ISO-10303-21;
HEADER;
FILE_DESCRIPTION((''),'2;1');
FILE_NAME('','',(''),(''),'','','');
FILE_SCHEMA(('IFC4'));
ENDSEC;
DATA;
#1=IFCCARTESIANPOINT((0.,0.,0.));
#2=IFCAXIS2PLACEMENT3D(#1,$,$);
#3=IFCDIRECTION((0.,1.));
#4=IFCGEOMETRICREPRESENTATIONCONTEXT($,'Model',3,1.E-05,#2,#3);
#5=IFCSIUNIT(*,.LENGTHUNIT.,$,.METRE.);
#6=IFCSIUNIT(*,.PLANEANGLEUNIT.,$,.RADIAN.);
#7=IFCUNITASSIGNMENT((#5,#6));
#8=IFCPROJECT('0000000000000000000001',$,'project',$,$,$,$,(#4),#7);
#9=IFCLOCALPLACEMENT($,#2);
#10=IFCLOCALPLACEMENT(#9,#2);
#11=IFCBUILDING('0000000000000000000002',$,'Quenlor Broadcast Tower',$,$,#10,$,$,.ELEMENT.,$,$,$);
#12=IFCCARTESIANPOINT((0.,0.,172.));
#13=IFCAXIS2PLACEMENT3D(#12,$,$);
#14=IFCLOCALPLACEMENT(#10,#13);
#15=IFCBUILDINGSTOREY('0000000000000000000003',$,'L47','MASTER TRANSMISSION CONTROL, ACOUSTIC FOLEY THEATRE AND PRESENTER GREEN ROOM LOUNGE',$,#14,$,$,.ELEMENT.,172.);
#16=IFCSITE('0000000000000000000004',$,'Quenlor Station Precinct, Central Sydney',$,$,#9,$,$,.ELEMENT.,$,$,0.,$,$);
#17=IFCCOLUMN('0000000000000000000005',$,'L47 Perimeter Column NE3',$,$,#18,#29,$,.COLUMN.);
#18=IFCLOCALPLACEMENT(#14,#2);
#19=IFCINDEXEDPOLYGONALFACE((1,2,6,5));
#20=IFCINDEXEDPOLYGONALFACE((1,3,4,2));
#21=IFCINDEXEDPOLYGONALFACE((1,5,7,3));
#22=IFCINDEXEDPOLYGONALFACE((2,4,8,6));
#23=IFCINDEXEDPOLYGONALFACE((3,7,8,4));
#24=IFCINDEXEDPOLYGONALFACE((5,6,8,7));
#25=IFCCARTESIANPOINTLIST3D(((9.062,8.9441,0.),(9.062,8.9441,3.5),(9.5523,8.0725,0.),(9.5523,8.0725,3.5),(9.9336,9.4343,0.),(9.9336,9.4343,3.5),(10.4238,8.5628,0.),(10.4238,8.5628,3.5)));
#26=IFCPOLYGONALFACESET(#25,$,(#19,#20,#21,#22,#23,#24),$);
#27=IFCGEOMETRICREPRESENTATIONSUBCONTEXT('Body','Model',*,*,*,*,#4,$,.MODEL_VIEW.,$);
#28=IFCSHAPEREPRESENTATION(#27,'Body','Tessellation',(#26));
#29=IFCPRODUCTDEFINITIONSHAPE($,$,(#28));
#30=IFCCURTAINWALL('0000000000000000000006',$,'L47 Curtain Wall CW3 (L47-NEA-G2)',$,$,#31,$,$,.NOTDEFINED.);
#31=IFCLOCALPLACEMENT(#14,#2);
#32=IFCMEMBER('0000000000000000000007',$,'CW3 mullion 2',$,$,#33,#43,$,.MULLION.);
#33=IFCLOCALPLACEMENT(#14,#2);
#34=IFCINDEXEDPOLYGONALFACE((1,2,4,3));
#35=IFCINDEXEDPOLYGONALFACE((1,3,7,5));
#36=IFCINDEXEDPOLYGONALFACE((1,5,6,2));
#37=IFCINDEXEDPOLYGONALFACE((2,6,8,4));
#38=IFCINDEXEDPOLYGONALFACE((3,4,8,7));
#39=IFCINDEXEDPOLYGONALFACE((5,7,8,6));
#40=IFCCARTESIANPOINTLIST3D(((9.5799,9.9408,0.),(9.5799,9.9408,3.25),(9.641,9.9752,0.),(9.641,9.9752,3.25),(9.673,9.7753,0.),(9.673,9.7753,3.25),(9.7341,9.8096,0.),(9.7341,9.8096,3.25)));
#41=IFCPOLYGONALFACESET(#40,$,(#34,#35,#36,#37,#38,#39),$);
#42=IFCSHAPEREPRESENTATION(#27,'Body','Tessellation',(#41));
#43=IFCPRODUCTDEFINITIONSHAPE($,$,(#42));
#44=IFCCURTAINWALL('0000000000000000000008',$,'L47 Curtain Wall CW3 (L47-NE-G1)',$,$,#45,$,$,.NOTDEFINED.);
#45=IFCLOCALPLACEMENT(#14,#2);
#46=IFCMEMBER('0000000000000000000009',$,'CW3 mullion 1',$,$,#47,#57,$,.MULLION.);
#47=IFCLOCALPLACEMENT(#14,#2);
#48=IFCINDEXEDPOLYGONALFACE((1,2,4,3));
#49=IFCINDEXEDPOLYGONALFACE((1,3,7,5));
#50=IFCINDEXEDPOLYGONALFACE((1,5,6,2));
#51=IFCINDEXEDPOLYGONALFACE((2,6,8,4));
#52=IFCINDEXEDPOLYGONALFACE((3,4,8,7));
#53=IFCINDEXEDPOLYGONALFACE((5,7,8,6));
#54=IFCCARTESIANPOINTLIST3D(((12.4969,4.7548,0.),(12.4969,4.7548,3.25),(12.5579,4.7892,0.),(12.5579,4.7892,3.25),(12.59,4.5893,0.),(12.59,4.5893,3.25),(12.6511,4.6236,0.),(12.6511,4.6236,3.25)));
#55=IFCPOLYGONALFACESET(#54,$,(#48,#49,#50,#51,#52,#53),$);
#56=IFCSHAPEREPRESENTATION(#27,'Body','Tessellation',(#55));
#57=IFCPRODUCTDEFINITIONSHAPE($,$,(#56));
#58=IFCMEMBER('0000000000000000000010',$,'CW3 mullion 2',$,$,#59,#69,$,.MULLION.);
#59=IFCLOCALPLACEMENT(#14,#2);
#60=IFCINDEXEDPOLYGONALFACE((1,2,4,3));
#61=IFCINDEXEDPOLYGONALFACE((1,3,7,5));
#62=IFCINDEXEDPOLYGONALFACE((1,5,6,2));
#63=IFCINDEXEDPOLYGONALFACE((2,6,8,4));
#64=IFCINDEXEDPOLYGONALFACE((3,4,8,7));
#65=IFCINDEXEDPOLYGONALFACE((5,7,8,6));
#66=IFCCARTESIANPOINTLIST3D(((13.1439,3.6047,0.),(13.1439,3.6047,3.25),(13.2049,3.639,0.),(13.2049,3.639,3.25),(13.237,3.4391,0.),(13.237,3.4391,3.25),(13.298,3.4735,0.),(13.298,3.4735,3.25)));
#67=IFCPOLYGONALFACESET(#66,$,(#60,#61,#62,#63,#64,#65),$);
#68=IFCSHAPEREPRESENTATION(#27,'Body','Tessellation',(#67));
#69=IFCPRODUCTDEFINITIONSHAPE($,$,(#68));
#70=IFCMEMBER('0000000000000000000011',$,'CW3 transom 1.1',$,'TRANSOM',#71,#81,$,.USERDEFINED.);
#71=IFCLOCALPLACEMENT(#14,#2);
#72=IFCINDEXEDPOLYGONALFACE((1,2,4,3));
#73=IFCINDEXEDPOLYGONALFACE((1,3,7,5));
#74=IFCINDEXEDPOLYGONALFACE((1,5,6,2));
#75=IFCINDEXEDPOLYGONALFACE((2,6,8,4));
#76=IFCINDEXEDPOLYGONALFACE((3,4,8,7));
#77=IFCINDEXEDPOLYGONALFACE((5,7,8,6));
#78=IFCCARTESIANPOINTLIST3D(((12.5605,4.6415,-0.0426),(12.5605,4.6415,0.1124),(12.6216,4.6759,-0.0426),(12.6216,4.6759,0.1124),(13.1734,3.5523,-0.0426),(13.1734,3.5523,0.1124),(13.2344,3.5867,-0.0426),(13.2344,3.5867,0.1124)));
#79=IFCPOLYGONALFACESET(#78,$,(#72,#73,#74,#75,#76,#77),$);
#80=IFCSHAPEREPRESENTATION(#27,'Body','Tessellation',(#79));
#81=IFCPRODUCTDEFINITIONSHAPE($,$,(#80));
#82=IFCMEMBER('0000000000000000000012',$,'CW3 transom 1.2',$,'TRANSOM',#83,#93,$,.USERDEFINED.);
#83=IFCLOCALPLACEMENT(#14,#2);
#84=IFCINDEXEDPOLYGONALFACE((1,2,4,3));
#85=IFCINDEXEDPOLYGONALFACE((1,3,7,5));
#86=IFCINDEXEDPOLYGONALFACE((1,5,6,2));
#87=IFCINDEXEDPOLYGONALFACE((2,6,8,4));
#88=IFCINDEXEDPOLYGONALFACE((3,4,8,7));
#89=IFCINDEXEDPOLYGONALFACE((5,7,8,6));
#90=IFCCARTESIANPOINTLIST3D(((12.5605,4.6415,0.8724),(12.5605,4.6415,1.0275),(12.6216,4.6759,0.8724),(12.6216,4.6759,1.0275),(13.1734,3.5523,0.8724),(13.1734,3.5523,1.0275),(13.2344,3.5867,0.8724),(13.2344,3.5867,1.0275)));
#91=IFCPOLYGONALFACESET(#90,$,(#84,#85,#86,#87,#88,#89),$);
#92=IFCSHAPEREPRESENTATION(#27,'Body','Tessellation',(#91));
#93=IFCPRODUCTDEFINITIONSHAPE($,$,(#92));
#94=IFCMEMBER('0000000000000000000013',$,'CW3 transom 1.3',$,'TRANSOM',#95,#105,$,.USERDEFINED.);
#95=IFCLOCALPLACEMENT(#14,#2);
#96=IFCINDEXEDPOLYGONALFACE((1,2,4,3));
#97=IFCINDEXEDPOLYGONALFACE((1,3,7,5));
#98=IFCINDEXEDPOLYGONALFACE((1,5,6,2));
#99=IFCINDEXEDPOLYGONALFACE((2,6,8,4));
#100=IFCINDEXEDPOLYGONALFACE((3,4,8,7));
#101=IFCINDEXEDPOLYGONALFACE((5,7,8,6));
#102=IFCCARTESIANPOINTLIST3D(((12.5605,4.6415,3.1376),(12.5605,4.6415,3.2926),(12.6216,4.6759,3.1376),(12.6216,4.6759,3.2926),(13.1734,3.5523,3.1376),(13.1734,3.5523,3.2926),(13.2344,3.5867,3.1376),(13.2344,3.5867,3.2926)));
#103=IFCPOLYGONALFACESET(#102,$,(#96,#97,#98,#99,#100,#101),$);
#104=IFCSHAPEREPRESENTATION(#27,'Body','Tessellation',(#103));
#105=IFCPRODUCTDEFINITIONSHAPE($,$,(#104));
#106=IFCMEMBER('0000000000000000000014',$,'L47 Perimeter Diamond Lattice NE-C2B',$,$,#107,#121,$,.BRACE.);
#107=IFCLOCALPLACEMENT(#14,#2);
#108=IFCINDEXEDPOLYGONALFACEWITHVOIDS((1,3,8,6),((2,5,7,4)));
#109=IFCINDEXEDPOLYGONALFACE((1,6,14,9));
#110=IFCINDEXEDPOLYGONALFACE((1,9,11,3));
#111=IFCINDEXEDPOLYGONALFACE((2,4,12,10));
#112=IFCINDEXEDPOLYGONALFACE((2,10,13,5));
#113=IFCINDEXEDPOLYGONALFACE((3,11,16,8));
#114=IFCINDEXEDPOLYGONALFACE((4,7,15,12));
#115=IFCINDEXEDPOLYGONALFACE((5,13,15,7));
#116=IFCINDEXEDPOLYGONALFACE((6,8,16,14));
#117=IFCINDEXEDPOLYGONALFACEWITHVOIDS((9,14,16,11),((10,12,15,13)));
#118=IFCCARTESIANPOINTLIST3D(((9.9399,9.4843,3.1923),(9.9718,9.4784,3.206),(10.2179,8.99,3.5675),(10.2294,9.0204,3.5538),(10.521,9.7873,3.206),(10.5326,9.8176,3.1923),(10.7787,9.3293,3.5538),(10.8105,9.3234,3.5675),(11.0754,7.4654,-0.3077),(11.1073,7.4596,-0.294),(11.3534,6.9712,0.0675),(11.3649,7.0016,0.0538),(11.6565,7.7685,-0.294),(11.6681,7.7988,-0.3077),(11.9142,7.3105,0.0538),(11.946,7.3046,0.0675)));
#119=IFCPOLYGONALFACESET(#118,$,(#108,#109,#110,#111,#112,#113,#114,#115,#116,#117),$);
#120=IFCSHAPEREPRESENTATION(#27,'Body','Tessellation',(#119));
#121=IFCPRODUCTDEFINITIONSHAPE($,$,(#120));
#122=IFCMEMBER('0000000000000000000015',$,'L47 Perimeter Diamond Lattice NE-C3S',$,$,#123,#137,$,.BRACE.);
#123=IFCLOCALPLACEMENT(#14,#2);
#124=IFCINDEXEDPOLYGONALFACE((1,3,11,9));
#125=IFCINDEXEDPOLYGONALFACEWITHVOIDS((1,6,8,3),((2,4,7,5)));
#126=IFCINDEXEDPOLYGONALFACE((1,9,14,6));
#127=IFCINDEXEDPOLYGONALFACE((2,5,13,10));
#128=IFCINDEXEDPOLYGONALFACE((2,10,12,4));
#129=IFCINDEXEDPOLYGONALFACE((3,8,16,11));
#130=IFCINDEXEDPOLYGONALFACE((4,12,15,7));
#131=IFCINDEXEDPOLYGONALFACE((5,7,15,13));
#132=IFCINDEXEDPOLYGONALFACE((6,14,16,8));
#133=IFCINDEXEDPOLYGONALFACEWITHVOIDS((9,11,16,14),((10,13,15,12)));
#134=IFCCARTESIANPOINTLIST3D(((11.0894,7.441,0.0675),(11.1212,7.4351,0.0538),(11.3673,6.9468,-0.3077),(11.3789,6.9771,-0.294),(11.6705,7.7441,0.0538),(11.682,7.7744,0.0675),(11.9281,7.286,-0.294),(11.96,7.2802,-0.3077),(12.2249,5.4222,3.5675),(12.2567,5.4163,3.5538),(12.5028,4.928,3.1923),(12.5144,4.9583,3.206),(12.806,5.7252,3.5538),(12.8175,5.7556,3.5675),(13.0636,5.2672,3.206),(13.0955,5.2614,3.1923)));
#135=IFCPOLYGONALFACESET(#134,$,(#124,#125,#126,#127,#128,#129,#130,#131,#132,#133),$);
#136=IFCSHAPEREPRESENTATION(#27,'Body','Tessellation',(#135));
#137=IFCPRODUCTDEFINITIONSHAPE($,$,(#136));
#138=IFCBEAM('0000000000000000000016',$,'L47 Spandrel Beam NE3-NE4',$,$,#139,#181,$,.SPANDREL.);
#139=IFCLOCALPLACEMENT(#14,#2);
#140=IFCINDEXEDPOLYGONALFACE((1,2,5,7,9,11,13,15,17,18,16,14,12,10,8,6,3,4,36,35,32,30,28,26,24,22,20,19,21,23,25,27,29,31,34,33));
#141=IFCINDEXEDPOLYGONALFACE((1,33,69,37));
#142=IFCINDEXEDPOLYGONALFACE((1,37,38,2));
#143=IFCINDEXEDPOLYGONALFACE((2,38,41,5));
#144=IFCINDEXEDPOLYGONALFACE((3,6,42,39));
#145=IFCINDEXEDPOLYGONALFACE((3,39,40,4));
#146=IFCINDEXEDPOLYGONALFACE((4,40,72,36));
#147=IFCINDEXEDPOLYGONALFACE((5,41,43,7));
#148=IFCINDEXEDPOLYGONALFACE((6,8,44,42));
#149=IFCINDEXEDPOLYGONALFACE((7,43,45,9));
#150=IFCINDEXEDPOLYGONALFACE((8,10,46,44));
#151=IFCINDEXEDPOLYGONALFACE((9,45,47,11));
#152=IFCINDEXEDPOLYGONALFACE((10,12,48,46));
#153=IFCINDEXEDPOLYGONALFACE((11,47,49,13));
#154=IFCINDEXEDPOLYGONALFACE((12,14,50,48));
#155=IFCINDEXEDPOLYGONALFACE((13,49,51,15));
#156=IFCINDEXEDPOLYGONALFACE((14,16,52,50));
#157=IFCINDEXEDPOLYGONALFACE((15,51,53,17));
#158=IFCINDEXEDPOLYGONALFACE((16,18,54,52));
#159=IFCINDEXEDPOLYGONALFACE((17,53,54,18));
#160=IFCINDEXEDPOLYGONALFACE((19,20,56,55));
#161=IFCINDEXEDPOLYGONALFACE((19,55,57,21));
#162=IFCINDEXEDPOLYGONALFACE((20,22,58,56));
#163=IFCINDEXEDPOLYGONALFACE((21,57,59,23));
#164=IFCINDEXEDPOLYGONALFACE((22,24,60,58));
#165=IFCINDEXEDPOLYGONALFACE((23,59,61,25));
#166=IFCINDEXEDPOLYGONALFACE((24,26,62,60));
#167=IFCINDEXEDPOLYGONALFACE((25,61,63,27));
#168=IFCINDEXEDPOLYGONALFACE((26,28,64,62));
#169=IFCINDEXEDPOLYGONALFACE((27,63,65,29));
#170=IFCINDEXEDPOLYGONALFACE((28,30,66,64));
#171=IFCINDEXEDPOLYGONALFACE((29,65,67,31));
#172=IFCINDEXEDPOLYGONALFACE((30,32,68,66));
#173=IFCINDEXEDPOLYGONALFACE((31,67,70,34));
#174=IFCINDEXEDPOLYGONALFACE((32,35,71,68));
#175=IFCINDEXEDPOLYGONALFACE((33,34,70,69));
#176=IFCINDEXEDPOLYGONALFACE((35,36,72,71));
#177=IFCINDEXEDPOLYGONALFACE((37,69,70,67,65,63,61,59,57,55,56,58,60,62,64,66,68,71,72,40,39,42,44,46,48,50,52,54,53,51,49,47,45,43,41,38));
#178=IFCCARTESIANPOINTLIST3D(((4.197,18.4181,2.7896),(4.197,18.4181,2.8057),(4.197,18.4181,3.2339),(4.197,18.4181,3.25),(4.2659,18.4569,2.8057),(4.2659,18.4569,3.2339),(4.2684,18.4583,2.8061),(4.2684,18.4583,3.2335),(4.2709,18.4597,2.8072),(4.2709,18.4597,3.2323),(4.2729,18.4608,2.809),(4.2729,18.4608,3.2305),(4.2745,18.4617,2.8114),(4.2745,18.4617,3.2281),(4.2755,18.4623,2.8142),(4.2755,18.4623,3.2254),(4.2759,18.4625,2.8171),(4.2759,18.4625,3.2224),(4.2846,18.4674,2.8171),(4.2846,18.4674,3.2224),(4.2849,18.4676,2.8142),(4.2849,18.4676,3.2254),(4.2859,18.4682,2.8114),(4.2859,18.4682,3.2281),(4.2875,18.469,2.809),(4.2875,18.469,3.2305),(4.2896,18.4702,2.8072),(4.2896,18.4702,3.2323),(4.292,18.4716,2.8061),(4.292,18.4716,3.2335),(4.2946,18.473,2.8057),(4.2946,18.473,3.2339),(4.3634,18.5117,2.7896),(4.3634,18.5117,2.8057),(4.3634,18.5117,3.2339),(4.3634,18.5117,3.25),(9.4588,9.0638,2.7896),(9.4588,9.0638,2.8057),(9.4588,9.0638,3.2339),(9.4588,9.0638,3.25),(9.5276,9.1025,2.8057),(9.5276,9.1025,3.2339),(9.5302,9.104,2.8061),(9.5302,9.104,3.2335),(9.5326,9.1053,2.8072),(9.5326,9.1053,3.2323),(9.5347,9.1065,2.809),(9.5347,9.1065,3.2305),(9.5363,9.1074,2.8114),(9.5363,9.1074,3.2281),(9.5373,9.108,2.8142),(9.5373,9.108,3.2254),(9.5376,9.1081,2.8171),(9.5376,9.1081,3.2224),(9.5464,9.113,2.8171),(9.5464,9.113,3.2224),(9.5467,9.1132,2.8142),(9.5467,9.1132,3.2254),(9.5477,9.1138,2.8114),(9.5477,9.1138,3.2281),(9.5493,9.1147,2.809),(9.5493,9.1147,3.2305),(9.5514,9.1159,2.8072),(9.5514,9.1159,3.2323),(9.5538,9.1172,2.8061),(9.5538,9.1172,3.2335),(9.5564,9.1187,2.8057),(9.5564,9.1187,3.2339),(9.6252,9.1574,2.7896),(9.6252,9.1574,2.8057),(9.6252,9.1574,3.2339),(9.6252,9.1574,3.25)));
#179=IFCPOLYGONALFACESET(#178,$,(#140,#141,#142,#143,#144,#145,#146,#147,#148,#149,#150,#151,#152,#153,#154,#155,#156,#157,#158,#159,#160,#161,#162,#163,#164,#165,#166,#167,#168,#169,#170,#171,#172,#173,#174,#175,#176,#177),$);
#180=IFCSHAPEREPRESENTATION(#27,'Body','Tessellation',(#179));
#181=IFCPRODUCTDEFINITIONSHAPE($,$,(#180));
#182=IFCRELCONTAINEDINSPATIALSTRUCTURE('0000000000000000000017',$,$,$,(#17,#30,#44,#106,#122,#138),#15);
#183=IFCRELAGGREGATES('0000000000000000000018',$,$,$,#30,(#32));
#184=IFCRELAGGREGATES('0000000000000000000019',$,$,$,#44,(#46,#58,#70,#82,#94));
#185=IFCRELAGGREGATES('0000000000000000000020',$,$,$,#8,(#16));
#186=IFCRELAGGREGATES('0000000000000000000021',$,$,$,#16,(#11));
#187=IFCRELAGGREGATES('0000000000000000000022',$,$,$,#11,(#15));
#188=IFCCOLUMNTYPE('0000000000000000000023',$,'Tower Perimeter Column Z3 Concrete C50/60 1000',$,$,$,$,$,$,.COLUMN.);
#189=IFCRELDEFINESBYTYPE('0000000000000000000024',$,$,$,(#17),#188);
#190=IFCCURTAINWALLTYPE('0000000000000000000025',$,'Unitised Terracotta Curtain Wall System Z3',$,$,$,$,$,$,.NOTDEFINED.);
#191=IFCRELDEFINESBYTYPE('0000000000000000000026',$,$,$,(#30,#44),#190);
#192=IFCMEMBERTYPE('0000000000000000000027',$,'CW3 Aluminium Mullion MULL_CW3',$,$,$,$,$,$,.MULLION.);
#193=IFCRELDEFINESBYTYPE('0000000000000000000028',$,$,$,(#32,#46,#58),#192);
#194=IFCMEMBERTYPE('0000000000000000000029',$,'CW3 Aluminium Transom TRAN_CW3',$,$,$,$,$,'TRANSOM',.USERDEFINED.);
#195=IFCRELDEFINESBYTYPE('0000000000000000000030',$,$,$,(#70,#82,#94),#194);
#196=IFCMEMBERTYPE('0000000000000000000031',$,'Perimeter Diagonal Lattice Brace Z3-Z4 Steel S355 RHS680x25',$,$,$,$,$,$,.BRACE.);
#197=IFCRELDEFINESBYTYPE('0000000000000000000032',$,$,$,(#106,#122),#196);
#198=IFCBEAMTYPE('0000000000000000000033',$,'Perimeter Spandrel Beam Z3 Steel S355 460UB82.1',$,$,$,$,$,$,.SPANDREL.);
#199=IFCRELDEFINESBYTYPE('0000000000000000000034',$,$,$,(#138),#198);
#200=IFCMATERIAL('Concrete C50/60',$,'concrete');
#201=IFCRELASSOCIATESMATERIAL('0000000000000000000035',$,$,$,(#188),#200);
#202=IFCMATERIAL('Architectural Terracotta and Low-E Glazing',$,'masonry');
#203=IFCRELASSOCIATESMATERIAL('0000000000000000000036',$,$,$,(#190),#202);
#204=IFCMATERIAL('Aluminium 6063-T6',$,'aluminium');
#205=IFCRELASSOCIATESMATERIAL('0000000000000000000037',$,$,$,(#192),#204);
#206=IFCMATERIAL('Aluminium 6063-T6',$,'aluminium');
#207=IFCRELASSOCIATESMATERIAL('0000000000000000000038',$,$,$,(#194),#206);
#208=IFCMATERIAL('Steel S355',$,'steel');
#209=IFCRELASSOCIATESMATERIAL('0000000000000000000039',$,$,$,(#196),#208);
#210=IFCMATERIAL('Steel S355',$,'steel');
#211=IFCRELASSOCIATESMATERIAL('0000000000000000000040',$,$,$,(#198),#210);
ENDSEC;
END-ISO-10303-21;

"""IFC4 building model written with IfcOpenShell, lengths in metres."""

from ifc_helpers import new_model, si_unit, direction, frame, origin, origin_2d, place, context, subcontext, project, spatial, rectangle, hollow_rectangle, i_section, extrude, material, material_profile, profile_set, type_object, element, aggregate, save


model = new_model("IFC4")

# Units and contexts
model_context = context("Model", 3, precision=1e-05, world=origin(), true_north=direction((0.0, 1.0)))
body_context = subcontext(model_context, "Body", "Model", "MODEL_VIEW")
ifc_project = project(units=[si_unit("LENGTHUNIT", "METRE"), si_unit("PLANEANGLEUNIT", "RADIAN")], contexts=[model_context])

# Site, building, storey
site_placement = place(None, origin())
site = spatial("IfcSite", under=ifc_project, at=site_placement, Name="Quenlor Station Precinct, Central Sydney", CompositionType="ELEMENT", RefElevation=0.0)
building_placement = place(site_placement, origin())
building = spatial("IfcBuilding", under=site, at=building_placement, Name="Quenlor Broadcast Tower", CompositionType="ELEMENT")
storey_placement = place(building_placement, frame((0.0, 0.0, 172.0)))
storey = spatial("IfcBuildingStorey", under=building, at=storey_placement, Name="L47", Description="MASTER TRANSMISSION CONTROL, ACOUSTIC FOLEY THEATRE AND PRESENTER GREEN ROOM LOUNGE", CompositionType="ELEMENT", Elevation=172.0)

# Column
ifc_material_1 = material(Name="Concrete C50/60", Category="concrete")
ifc_material_profile_1 = material_profile(ifc_material_1, rectangle(XDim=1.0, YDim=1.0, at=origin_2d()))
ifc_profile_set_1 = profile_set([ifc_material_profile_1], Name="Concrete C50/60 RC1000x1000")
column_type = type_object("IfcColumnType", Name="Tower Perimeter Column Z3 Concrete C50/60 1000", PredefinedType="COLUMN", material=ifc_profile_set_1)
column_placement = place(storey_placement, frame((9.7429, 8.7534, 0.0), z_axis=(0.0, 0.0, 1.0), x_axis=(0.871575, 0.490262, 0.0)))
element("IfcColumn", 1, at=column_placement, inside=storey, type_object=column_type, Name="L47 Perimeter Column NE3", PredefinedType="COLUMN", context=body_context, shape_type="SweptSolid", body=[
    extrude(rectangle(XDim=1.0, YDim=1.0, at=origin_2d()), origin(), (0.0, 0.0, 1.0), 3.5),
])

# Curtain wall, member
ifc_material_2 = material(Name="Architectural Terracotta and Low-E Glazing", Category="masonry")
curtain_wall_type = type_object("IfcCurtainWallType", Name="Unitised Terracotta Curtain Wall System Z3", PredefinedType="NOTDEFINED", material=ifc_material_2)
curtain_wall_1_placement = place(storey_placement, origin())
curtain_wall_1 = element("IfcCurtainWall", 2, at=curtain_wall_1_placement, inside=storey, type_object=curtain_wall_type, Name="L47 Curtain Wall CW3 (L47-NEA-G2)", PredefinedType="NOTDEFINED")
ifc_material_3 = material(Name="Aluminium 6063-T6", Category="aluminium")
ifc_material_profile_2 = material_profile(ifc_material_3, rectangle(XDim=0.0701, YDim=0.1899, at=origin_2d()))
ifc_profile_set_2 = profile_set([ifc_material_profile_2], Name="Aluminium 6063-T6 MULL70x190")
member_type_1 = type_object("IfcMemberType", Name="CW3 Aluminium Mullion MULL_CW3", PredefinedType="MULLION", material=ifc_profile_set_2)
member_1_placement = place(storey_placement, frame((9.657, 9.8752, 0.0), z_axis=(0.0, 0.0, 1.0), x_axis=(0.871601, 0.490216, 0.0)))
member_1 = element("IfcMember", 3, at=member_1_placement, type_object=member_type_1, Name="CW3 mullion 2", PredefinedType="MULLION", context=body_context, shape_type="SweptSolid", body=[
    extrude(rectangle(XDim=0.0701, YDim=0.1899, at=origin_2d()), origin(), (0.0, 0.0, 1.0), 3.25),
])

# Curtain wall, members
curtain_wall_2_placement = place(storey_placement, origin())
curtain_wall_2 = element("IfcCurtainWall", 4, at=curtain_wall_2_placement, inside=storey, type_object=curtain_wall_type, Name="L47 Curtain Wall CW3 (L47-NE-G1)", PredefinedType="NOTDEFINED")
member_2_placement = place(storey_placement, frame((12.574, 4.6892, 0.0), z_axis=(0.0, 0.0, 1.0), x_axis=(0.871562, 0.490285, 0.0)))
member_2 = element("IfcMember", 5, at=member_2_placement, type_object=member_type_1, Name="CW3 mullion 1", PredefinedType="MULLION", context=body_context, shape_type="SweptSolid", body=[
    extrude(rectangle(XDim=0.0701, YDim=0.1899, at=origin_2d()), origin(), (0.0, 0.0, 1.0), 3.25),
])
member_3_placement = place(storey_placement, frame((13.2209, 3.5391, 0.0), z_axis=(0.0, 0.0, 1.0), x_axis=(0.871562, 0.490285, 0.0)))
member_3 = element("IfcMember", 6, at=member_3_placement, type_object=member_type_1, Name="CW3 mullion 2", PredefinedType="MULLION", context=body_context, shape_type="SweptSolid", body=[
    extrude(rectangle(XDim=0.0701, YDim=0.1899, at=origin_2d()), origin(), (0.0, 0.0, 1.0), 3.25),
])
ifc_material_4 = material(Name="Aluminium 6063-T6", Category="aluminium")
ifc_material_profile_3 = material_profile(ifc_material_4, rectangle(XDim=0.0701, YDim=0.155, at=origin_2d()))
ifc_profile_set_3 = profile_set([ifc_material_profile_3], Name="Aluminium 6063-T6 TRAN70x155")
member_type_2 = type_object("IfcMemberType", Name="CW3 Aluminium Transom TRAN_CW3", ElementType="TRANSOM", PredefinedType="USERDEFINED", material=ifc_profile_set_3)
member_4_placement = place(storey_placement, frame((12.5911, 4.6587, 0.0349), z_axis=(0.490363, -0.871518, 0.0), x_axis=(0.871518, 0.490363, 0.0)))
member_4 = element("IfcMember", 7, at=member_4_placement, type_object=member_type_2, Name="CW3 transom 1.1", ObjectType="TRANSOM", PredefinedType="USERDEFINED", context=body_context, shape_type="SweptSolid", body=[
    extrude(rectangle(XDim=0.0701, YDim=0.155, at=origin_2d()), origin(), (0.0, 0.0, 1.0), 1.2498),
])
member_5_placement = place(storey_placement, frame((12.5911, 4.6587, 0.95), z_axis=(0.490363, -0.871518, 0.0), x_axis=(0.871518, 0.490363, 0.0)))
member_5 = element("IfcMember", 8, at=member_5_placement, type_object=member_type_2, Name="CW3 transom 1.2", ObjectType="TRANSOM", PredefinedType="USERDEFINED", context=body_context, shape_type="SweptSolid", body=[
    extrude(rectangle(XDim=0.0701, YDim=0.155, at=origin_2d()), origin(), (0.0, 0.0, 1.0), 1.2498),
])
member_6_placement = place(storey_placement, frame((12.5911, 4.6587, 3.2151), z_axis=(0.490363, -0.871518, 0.0), x_axis=(0.871518, 0.490363, 0.0)))
member_6 = element("IfcMember", 9, at=member_6_placement, type_object=member_type_2, Name="CW3 transom 1.3", ObjectType="TRANSOM", PredefinedType="USERDEFINED", context=body_context, shape_type="SweptSolid", body=[
    extrude(rectangle(XDim=0.0701, YDim=0.155, at=origin_2d()), origin(), (0.0, 0.0, 1.0), 1.2498),
])

# Members
ifc_material_5 = material(Name="Steel S355", Category="steel")
ifc_material_profile_4 = material_profile(ifc_material_5, hollow_rectangle(XDim=0.6799, YDim=0.6799, WallThickness=0.0249, at=origin_2d()))
ifc_profile_set_4 = profile_set([ifc_material_profile_4], Name="Steel S355 RHS680x680x25")
member_type_3 = type_object("IfcMemberType", Name="Perimeter Diagonal Lattice Brace Z3-Z4 Steel S355 RHS680x25", PredefinedType="BRACE", material=ifc_profile_set_4)
for number, where, z_axis, x_axis, name in (
    (10, (11.5107, 7.385, -0.1201), (-0.270549, 0.481009, 0.833927), (-0.87159, -0.490236, 0.0), "L47 Perimeter Diamond Lattice NE-C2B"),
    (11, (11.5247, 7.3606, -0.1201), (0.270549, -0.481009, 0.833927), (0.87159, 0.490236, 0.0), "L47 Perimeter Diamond Lattice NE-C3S"),
):
    element("IfcMember", number, at=place(storey_placement, frame(where, z_axis=z_axis, x_axis=x_axis)), inside=storey, type_object=member_type_3, Name=name, PredefinedType="BRACE", context=body_context, shape_type="SweptSolid", body=[
        extrude(hollow_rectangle(XDim=0.6799, YDim=0.6799, WallThickness=0.0249, at=origin_2d()), origin(), (0.0, 0.0, 1.0), 4.197),
    ])

# Beam
ifc_material_6 = material(Name="Steel S355", Category="steel")
ifc_material_profile_5 = material_profile(ifc_material_6, i_section(OverallWidth=0.1909, OverallDepth=0.4604, WebThickness=0.01, FlangeThickness=0.0161, FilletRadius=0.0115, at=origin_2d()))
ifc_profile_set_5 = profile_set([ifc_material_profile_5], Name="Steel S355 460UB82.1")
beam_type_1 = type_object("IfcBeamType", Name="Perimeter Spandrel Beam Z3 Steel S355 460UB82.1", PredefinedType="SPANDREL", material=ifc_profile_set_5)
beam_1_placement = place(storey_placement, frame((9.542, 9.1106, 3.0198), z_axis=(-0.490258, 0.871577, 0.0), x_axis=(-0.871577, -0.490258, 0.0)))
element("IfcBeam", 12, at=beam_1_placement, inside=storey, type_object=beam_type_1, Name="L47 Spandrel Beam NE3-NE4", PredefinedType="SPANDREL", context=body_context, shape_type="SweptSolid", body=[
    extrude(i_section(OverallWidth=0.1909, OverallDepth=0.4604, WebThickness=0.01, FlangeThickness=0.0161, FilletRadius=0.0115, at=origin_2d()), origin(), (0.0, 0.0, 1.0), 10.7327),
])

aggregate(curtain_wall_1, [member_1])
aggregate(curtain_wall_2, [member_2, member_3, member_4, member_5, member_6])

save(model, "model.ifc")
